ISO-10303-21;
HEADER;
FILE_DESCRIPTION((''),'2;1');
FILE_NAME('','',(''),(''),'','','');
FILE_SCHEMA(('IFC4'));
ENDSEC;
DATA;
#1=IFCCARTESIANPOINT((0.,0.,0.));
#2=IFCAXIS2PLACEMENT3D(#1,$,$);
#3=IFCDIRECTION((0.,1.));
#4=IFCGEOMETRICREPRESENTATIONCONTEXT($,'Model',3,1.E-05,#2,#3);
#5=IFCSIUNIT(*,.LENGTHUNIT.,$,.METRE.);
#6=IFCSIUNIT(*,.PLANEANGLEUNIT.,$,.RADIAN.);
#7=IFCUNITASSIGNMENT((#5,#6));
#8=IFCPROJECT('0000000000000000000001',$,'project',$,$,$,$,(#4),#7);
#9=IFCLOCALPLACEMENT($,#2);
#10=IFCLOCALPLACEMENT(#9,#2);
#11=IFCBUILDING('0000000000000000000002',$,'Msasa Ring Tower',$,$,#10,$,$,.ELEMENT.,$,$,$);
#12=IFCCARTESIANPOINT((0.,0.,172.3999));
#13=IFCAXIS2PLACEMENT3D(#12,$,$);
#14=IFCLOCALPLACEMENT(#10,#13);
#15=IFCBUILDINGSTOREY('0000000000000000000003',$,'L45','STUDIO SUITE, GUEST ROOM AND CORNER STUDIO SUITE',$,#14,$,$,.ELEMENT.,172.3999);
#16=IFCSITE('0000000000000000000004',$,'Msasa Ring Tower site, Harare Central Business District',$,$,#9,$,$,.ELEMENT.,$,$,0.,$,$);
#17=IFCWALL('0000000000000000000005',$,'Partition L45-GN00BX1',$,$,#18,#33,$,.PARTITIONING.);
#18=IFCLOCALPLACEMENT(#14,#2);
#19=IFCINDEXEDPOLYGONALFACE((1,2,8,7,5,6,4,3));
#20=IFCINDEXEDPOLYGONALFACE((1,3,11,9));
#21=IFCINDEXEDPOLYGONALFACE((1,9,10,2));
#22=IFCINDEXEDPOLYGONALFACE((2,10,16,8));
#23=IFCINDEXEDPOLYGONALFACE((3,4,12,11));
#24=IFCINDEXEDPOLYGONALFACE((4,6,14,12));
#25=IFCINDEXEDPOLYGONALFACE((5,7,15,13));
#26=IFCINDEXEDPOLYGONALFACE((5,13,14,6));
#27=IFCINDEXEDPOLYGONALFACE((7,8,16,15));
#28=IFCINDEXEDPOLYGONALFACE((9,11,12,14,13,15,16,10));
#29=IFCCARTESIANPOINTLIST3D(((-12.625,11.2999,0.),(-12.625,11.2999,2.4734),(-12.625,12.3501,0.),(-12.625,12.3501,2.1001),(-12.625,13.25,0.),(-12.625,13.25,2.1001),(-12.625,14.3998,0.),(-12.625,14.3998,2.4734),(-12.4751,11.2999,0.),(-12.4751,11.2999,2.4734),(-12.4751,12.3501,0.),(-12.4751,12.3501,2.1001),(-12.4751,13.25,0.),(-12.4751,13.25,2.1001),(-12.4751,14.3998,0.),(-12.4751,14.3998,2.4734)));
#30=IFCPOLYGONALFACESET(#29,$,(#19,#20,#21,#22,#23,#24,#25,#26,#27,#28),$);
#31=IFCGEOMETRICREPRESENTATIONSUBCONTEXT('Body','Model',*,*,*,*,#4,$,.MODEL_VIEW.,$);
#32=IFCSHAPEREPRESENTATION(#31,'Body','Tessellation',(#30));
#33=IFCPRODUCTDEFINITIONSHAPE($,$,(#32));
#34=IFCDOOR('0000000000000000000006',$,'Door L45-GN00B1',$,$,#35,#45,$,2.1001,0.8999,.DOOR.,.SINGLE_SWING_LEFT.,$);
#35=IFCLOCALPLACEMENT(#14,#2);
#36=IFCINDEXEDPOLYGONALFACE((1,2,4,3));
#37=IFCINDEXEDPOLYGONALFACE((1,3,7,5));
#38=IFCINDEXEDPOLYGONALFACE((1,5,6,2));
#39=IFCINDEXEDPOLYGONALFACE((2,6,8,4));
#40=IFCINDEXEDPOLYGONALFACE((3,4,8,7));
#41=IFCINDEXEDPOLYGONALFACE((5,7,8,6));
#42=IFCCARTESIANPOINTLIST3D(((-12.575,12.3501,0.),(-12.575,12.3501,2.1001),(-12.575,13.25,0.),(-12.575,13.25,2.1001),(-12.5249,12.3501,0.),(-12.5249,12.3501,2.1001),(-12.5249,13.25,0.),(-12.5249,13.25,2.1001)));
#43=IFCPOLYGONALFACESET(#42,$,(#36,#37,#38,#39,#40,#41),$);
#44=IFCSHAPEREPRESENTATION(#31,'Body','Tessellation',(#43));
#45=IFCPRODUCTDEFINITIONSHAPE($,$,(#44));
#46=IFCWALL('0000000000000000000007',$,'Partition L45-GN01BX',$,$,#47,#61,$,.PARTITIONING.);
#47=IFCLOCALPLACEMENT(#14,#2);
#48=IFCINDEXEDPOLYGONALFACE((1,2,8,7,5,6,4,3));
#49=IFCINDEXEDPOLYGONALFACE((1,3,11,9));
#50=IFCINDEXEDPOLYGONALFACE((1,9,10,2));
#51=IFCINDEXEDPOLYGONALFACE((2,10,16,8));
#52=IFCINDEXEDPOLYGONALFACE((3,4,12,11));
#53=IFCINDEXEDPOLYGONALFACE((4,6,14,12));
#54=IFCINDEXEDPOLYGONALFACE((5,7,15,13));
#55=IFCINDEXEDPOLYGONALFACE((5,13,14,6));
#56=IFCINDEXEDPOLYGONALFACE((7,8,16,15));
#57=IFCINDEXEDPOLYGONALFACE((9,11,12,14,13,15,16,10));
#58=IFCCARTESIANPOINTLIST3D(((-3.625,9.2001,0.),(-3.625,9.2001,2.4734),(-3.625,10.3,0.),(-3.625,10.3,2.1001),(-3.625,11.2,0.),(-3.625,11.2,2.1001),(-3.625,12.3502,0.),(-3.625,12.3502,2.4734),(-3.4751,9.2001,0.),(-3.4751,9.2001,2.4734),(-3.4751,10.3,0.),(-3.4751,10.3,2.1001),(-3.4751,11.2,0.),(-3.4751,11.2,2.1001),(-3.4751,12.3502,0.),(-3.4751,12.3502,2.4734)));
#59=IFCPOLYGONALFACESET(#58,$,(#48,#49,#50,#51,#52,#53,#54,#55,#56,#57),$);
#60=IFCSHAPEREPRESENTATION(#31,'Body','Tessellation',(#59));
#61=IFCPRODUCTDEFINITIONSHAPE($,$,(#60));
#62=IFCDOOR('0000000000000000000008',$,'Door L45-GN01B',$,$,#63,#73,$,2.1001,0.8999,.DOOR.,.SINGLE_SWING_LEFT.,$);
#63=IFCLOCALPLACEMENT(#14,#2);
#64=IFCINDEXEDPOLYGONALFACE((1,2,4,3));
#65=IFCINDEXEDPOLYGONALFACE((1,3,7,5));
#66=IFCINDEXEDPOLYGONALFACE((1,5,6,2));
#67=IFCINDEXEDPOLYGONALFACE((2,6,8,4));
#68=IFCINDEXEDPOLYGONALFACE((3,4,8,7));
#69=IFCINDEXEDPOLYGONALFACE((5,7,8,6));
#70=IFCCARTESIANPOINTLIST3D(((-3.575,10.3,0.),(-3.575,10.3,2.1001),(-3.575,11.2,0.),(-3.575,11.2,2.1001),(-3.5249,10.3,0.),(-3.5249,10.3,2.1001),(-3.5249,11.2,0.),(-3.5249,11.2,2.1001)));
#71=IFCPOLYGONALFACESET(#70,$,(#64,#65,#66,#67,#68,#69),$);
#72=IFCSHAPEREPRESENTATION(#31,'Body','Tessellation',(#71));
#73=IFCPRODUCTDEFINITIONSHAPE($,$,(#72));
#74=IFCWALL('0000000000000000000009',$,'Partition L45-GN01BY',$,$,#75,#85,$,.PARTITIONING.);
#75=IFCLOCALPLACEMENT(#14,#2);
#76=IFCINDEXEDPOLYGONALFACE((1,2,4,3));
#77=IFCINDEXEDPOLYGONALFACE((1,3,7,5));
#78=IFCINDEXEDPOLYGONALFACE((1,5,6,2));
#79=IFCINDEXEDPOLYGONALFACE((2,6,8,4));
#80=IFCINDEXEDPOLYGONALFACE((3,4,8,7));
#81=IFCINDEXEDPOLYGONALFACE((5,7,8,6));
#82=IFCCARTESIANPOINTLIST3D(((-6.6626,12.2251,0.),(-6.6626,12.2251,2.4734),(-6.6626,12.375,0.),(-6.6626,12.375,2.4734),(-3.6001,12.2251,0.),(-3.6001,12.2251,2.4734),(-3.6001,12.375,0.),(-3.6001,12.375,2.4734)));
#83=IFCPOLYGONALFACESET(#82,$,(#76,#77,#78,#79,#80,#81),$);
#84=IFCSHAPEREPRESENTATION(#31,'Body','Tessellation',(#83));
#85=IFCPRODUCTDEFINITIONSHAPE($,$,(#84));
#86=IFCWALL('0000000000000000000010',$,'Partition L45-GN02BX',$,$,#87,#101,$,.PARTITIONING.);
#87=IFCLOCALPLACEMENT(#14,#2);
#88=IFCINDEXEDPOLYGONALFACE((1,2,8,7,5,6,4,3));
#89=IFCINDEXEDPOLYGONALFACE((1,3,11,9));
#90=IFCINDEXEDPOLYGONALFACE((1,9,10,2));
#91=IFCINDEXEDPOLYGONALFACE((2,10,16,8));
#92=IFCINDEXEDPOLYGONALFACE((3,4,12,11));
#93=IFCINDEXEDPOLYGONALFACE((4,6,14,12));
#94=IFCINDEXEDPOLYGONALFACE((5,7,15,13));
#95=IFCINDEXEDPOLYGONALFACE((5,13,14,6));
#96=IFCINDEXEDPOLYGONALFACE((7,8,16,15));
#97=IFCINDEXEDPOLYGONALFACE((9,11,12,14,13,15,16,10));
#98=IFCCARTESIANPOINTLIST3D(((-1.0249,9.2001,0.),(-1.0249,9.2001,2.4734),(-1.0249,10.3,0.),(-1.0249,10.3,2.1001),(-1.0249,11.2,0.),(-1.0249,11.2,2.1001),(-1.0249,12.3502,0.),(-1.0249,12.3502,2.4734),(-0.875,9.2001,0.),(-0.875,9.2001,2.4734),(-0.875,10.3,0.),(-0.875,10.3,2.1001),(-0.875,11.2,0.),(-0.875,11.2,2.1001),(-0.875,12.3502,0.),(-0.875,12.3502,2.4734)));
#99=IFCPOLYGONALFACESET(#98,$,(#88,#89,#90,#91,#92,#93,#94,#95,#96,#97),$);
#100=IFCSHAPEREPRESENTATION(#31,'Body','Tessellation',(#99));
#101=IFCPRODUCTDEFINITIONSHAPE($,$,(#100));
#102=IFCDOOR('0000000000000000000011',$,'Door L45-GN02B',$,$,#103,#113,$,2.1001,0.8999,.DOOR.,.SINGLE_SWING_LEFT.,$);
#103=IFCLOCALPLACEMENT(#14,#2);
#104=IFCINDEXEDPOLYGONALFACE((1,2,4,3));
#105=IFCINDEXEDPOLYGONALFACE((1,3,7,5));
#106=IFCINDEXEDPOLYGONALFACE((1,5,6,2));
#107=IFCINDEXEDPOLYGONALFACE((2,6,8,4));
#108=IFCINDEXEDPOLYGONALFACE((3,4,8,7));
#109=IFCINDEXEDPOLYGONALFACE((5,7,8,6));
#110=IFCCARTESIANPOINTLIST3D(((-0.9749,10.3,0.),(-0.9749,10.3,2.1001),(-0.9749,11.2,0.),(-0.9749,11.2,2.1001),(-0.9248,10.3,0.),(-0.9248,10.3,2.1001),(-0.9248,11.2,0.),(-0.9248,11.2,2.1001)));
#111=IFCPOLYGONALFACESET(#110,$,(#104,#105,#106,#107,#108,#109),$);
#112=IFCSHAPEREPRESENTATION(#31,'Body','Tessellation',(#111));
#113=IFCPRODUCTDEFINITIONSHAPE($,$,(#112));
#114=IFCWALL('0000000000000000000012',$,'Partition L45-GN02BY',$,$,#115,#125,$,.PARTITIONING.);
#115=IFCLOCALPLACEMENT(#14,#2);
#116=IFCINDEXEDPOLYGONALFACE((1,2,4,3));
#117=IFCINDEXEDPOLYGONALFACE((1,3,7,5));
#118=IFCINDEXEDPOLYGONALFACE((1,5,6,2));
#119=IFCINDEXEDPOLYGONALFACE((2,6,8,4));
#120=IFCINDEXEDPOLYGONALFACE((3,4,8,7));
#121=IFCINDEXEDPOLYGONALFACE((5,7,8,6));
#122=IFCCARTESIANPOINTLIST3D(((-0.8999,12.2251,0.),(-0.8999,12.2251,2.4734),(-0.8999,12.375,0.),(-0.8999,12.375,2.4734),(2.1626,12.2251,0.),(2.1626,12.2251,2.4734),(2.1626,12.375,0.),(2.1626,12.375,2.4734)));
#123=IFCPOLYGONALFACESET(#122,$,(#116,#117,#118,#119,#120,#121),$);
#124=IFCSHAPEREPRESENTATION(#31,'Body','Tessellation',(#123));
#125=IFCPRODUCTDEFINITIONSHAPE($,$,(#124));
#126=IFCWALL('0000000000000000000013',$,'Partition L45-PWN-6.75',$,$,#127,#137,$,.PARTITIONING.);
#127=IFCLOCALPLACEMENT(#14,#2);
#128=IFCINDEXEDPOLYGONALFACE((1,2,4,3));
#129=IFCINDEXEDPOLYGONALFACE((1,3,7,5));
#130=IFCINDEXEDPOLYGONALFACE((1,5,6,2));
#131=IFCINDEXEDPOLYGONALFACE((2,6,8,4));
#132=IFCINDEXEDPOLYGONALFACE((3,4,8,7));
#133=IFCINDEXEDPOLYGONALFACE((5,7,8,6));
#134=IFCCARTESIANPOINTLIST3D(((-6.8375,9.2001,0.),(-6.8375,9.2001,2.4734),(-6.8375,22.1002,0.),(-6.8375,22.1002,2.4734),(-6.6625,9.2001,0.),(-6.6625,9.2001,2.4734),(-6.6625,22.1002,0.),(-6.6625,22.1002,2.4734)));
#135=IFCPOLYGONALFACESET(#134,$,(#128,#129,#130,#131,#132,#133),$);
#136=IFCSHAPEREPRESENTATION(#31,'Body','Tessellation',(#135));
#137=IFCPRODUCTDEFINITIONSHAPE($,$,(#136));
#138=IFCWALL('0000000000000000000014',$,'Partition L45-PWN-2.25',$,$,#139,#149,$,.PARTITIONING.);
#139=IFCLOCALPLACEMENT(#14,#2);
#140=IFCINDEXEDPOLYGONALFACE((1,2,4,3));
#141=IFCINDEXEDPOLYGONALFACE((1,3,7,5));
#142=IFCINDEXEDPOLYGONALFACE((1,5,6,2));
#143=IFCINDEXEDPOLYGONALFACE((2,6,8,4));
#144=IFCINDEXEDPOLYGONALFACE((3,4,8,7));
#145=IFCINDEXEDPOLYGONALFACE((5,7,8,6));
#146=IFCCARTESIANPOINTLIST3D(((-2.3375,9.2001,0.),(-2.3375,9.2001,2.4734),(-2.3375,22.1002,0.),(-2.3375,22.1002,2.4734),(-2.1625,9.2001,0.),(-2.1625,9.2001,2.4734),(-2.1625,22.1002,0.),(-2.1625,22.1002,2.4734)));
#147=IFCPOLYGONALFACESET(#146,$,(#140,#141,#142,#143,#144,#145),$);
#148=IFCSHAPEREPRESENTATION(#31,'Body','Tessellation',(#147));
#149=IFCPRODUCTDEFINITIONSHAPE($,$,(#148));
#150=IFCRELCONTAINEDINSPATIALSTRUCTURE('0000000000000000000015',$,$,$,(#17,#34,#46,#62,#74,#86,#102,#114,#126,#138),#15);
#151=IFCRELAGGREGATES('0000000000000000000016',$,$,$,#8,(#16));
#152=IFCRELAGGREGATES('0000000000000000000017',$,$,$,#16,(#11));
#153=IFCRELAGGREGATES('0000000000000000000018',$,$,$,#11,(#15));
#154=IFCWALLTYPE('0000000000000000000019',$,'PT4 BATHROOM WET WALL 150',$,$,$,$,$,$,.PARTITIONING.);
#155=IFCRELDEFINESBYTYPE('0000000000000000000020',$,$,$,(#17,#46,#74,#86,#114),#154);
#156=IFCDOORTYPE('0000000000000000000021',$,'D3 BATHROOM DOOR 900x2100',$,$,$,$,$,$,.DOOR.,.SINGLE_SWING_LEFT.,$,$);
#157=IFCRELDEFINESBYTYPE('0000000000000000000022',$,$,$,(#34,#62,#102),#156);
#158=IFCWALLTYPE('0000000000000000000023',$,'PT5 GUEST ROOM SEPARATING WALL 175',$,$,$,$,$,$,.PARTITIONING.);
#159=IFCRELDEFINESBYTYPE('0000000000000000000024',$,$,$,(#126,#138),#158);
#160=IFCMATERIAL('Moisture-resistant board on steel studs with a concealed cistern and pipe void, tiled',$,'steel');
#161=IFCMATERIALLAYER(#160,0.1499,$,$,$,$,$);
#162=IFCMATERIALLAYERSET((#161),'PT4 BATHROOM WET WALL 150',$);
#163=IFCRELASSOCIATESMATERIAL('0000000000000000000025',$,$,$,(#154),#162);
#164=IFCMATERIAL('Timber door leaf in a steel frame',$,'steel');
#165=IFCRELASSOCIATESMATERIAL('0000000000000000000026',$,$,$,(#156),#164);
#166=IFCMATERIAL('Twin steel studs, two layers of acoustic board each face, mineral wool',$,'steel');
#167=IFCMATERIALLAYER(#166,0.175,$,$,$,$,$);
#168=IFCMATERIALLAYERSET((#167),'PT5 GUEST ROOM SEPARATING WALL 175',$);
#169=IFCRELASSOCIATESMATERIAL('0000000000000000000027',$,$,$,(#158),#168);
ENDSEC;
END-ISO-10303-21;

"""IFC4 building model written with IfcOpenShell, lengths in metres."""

from ifc_helpers import new_model, si_unit, direction, frame, frame_2d, origin, place, context, subcontext, project, spatial, rectangle, extrude, material, layer, layer_set, type_object, element, fill, save


model = new_model("IFC4")

# Units and contexts
model_context = context("Model", 3, precision=1e-05, world=origin(), true_north=direction((0.0, 1.0)))
body_context = subcontext(model_context, "Body", "Model", "MODEL_VIEW")
ifc_project = project(units=[si_unit("LENGTHUNIT", "METRE"), si_unit("PLANEANGLEUNIT", "RADIAN")], contexts=[model_context])

# Site, building, storey
site_placement = place(None, origin())
site = spatial("IfcSite", under=ifc_project, at=site_placement, Name="Msasa Ring Tower site, Harare Central Business District", CompositionType="ELEMENT", RefElevation=0.0)
building_placement = place(site_placement, origin())
building = spatial("IfcBuilding", under=site, at=building_placement, Name="Msasa Ring Tower", CompositionType="ELEMENT")
storey_placement = place(building_placement, frame((0.0, 0.0, 172.3999)))
storey = spatial("IfcBuildingStorey", under=building, at=storey_placement, Name="L45", Description="STUDIO SUITE, GUEST ROOM AND CORNER STUDIO SUITE", CompositionType="ELEMENT", Elevation=172.3999)

# Walls, openings, doors
ifc_material_1 = material(Name="Moisture-resistant board on steel studs with a concealed cistern and pipe void, tiled", Category="steel")
ifc_layer_1 = layer(ifc_material_1, 0.1499)
ifc_layer_set_1 = layer_set([ifc_layer_1], Name="PT4 BATHROOM WET WALL 150")
wall_type_1 = type_object("IfcWallType", Name="PT4 BATHROOM WET WALL 150", PredefinedType="PARTITIONING", material=ifc_layer_set_1)
wall_1_placement = place(storey_placement, frame((-12.55, 11.3, 0.0), z_axis=(0.0, 0.0, 1.0), x_axis=(0.0, 1.0, 0.0)))
wall_1 = element("IfcWall", 1, at=wall_1_placement, inside=storey, type_object=wall_type_1, Name="Partition L45-GN00BX1", PredefinedType="PARTITIONING", context=body_context, shape_type="SweptSolid", body=[
    extrude(rectangle(XDim=3.0999, YDim=0.1499, at=frame_2d((1.5498, 0.0))), origin(), (0.0, 0.0, 1.0), 2.4734),
])
opening_1_placement = place(wall_1_placement, frame((1.05, 0.0, 0.0)))
opening_1 = element("IfcOpeningElement", 2, at=opening_1_placement, cuts=wall_1, PredefinedType="OPENING", context=body_context, shape_type="SweptSolid", body=[
    extrude(rectangle(XDim=0.8999, YDim=2.1001, at=frame_2d((0.45, 1.05))), frame((0.0, 0.085, 0.0), z_axis=(0.0, -1.0, 0.0), x_axis=(1.0, 0.0, 0.0)), (0.0, 0.0, 1.0), 0.1699),
])
ifc_material_2 = material(Name="Timber door leaf in a steel frame", Category="steel")
door_type_1 = type_object("IfcDoorType", Name="D3 BATHROOM DOOR 900x2100", OperationType="SINGLE_SWING_LEFT", PredefinedType="DOOR", material=ifc_material_2)
door_1_placement = place(opening_1_placement, origin())
door_1 = element("IfcDoor", 3, at=door_1_placement, inside=storey, type_object=door_type_1, Name="Door L45-GN00B1", OperationType="SINGLE_SWING_LEFT", OverallHeight=2.1001, OverallWidth=0.8999, PredefinedType="DOOR", context=body_context, shape_type="SweptSolid", body=[
    extrude(rectangle(XDim=0.8999, YDim=2.1001, at=frame_2d((0.45, 1.05))), frame((0.0, 0.0249, 0.0), z_axis=(0.0, -1.0, 0.0), x_axis=(1.0, 0.0, 0.0)), (0.0, 0.0, 1.0), 0.05),
])
fill(opening_1, door_1)
wall_2_placement = place(storey_placement, frame((-3.55, 9.2, 0.0), z_axis=(0.0, 0.0, 1.0), x_axis=(0.0, 1.0, 0.0)))
wall_2 = element("IfcWall", 4, at=wall_2_placement, inside=storey, type_object=wall_type_1, Name="Partition L45-GN01BX", PredefinedType="PARTITIONING", context=body_context, shape_type="SweptSolid", body=[
    extrude(rectangle(XDim=3.1501, YDim=0.1499, at=frame_2d((1.5752, 0.0))), origin(), (0.0, 0.0, 1.0), 2.4734),
])
opening_2_placement = place(wall_2_placement, frame((1.1001, 0.0, 0.0)))
opening_2 = element("IfcOpeningElement", 5, at=opening_2_placement, cuts=wall_2, PredefinedType="OPENING", context=body_context, shape_type="SweptSolid", body=[
    extrude(rectangle(XDim=0.8999, YDim=2.1001, at=frame_2d((0.45, 1.05))), frame((0.0, 0.085, 0.0), z_axis=(0.0, -1.0, 0.0), x_axis=(1.0, 0.0, 0.0)), (0.0, 0.0, 1.0), 0.1699),
])
door_2_placement = place(opening_2_placement, origin())
door_2 = element("IfcDoor", 6, at=door_2_placement, inside=storey, type_object=door_type_1, Name="Door L45-GN01B", OperationType="SINGLE_SWING_LEFT", OverallHeight=2.1001, OverallWidth=0.8999, PredefinedType="DOOR", context=body_context, shape_type="SweptSolid", body=[
    extrude(rectangle(XDim=0.8999, YDim=2.1001, at=frame_2d((0.45, 1.05))), frame((0.0, 0.0249, 0.0), z_axis=(0.0, -1.0, 0.0), x_axis=(1.0, 0.0, 0.0)), (0.0, 0.0, 1.0), 0.05),
])
fill(opening_2, door_2)

# Wall
wall_3_placement = place(storey_placement, frame((-6.6626, 12.3, 0.0), z_axis=(0.0, 0.0, 1.0), x_axis=(1.0, 0.0, 0.0)))
element("IfcWall", 7, at=wall_3_placement, inside=storey, type_object=wall_type_1, Name="Partition L45-GN01BY", PredefinedType="PARTITIONING", context=body_context, shape_type="SweptSolid", body=[
    extrude(rectangle(XDim=3.0625, YDim=0.1499, at=frame_2d((1.5312, 0.0))), origin(), (0.0, 0.0, 1.0), 2.4734),
])

# Wall, opening, door
wall_4_placement = place(storey_placement, frame((-0.95, 9.2, 0.0), z_axis=(0.0, 0.0, 1.0), x_axis=(0.0, 1.0, 0.0)))
wall_4 = element("IfcWall", 8, at=wall_4_placement, inside=storey, type_object=wall_type_1, Name="Partition L45-GN02BX", PredefinedType="PARTITIONING", context=body_context, shape_type="SweptSolid", body=[
    extrude(rectangle(XDim=3.1501, YDim=0.1499, at=frame_2d((1.5752, 0.0))), origin(), (0.0, 0.0, 1.0), 2.4734),
])
opening_3_placement = place(wall_4_placement, frame((1.1001, 0.0, 0.0)))
opening_3 = element("IfcOpeningElement", 9, at=opening_3_placement, cuts=wall_4, PredefinedType="OPENING", context=body_context, shape_type="SweptSolid", body=[
    extrude(rectangle(XDim=0.8999, YDim=2.1001, at=frame_2d((0.45, 1.05))), frame((0.0, 0.085, 0.0), z_axis=(0.0, -1.0, 0.0), x_axis=(1.0, 0.0, 0.0)), (0.0, 0.0, 1.0), 0.1699),
])
door_3_placement = place(opening_3_placement, origin())
door_3 = element("IfcDoor", 10, at=door_3_placement, inside=storey, type_object=door_type_1, Name="Door L45-GN02B", OperationType="SINGLE_SWING_LEFT", OverallHeight=2.1001, OverallWidth=0.8999, PredefinedType="DOOR", context=body_context, shape_type="SweptSolid", body=[
    extrude(rectangle(XDim=0.8999, YDim=2.1001, at=frame_2d((0.45, 1.05))), frame((0.0, 0.0249, 0.0), z_axis=(0.0, -1.0, 0.0), x_axis=(1.0, 0.0, 0.0)), (0.0, 0.0, 1.0), 0.05),
])
fill(opening_3, door_3)

# Walls
wall_5_placement = place(storey_placement, frame((-0.8999, 12.3, 0.0), z_axis=(0.0, 0.0, 1.0), x_axis=(1.0, 0.0, 0.0)))
element("IfcWall", 11, at=wall_5_placement, inside=storey, type_object=wall_type_1, Name="Partition L45-GN02BY", PredefinedType="PARTITIONING", context=body_context, shape_type="SweptSolid", body=[
    extrude(rectangle(XDim=3.0625, YDim=0.1499, at=frame_2d((1.5312, 0.0))), origin(), (0.0, 0.0, 1.0), 2.4734),
])
ifc_material_3 = material(Name="Twin steel studs, two layers of acoustic board each face, mineral wool", Category="steel")
ifc_layer_2 = layer(ifc_material_3, 0.175)
ifc_layer_set_2 = layer_set([ifc_layer_2], Name="PT5 GUEST ROOM SEPARATING WALL 175")
wall_type_2 = type_object("IfcWallType", Name="PT5 GUEST ROOM SEPARATING WALL 175", PredefinedType="PARTITIONING", material=ifc_layer_set_2)
for number, where, z_axis, x_axis, name in (
    (12, (-6.75, 9.2, 0.0), (0.0, 0.0, 1.0), (0.0, 1.0, 0.0), "Partition L45-PWN-6.75"),
    (13, (-2.25, 9.2, 0.0), (0.0, 0.0, 1.0), (0.0, 1.0, 0.0), "Partition L45-PWN-2.25"),
):
    element("IfcWall", number, at=place(storey_placement, frame(where, z_axis=z_axis, x_axis=x_axis)), inside=storey, type_object=wall_type_2, Name=name, PredefinedType="PARTITIONING", context=body_context, shape_type="SweptSolid", body=[
        extrude(rectangle(XDim=12.9001, YDim=0.175, at=frame_2d((6.4502, 0.0))), origin(), (0.0, 0.0, 1.0), 2.4734),
    ])

save(model, "model.ifc")
